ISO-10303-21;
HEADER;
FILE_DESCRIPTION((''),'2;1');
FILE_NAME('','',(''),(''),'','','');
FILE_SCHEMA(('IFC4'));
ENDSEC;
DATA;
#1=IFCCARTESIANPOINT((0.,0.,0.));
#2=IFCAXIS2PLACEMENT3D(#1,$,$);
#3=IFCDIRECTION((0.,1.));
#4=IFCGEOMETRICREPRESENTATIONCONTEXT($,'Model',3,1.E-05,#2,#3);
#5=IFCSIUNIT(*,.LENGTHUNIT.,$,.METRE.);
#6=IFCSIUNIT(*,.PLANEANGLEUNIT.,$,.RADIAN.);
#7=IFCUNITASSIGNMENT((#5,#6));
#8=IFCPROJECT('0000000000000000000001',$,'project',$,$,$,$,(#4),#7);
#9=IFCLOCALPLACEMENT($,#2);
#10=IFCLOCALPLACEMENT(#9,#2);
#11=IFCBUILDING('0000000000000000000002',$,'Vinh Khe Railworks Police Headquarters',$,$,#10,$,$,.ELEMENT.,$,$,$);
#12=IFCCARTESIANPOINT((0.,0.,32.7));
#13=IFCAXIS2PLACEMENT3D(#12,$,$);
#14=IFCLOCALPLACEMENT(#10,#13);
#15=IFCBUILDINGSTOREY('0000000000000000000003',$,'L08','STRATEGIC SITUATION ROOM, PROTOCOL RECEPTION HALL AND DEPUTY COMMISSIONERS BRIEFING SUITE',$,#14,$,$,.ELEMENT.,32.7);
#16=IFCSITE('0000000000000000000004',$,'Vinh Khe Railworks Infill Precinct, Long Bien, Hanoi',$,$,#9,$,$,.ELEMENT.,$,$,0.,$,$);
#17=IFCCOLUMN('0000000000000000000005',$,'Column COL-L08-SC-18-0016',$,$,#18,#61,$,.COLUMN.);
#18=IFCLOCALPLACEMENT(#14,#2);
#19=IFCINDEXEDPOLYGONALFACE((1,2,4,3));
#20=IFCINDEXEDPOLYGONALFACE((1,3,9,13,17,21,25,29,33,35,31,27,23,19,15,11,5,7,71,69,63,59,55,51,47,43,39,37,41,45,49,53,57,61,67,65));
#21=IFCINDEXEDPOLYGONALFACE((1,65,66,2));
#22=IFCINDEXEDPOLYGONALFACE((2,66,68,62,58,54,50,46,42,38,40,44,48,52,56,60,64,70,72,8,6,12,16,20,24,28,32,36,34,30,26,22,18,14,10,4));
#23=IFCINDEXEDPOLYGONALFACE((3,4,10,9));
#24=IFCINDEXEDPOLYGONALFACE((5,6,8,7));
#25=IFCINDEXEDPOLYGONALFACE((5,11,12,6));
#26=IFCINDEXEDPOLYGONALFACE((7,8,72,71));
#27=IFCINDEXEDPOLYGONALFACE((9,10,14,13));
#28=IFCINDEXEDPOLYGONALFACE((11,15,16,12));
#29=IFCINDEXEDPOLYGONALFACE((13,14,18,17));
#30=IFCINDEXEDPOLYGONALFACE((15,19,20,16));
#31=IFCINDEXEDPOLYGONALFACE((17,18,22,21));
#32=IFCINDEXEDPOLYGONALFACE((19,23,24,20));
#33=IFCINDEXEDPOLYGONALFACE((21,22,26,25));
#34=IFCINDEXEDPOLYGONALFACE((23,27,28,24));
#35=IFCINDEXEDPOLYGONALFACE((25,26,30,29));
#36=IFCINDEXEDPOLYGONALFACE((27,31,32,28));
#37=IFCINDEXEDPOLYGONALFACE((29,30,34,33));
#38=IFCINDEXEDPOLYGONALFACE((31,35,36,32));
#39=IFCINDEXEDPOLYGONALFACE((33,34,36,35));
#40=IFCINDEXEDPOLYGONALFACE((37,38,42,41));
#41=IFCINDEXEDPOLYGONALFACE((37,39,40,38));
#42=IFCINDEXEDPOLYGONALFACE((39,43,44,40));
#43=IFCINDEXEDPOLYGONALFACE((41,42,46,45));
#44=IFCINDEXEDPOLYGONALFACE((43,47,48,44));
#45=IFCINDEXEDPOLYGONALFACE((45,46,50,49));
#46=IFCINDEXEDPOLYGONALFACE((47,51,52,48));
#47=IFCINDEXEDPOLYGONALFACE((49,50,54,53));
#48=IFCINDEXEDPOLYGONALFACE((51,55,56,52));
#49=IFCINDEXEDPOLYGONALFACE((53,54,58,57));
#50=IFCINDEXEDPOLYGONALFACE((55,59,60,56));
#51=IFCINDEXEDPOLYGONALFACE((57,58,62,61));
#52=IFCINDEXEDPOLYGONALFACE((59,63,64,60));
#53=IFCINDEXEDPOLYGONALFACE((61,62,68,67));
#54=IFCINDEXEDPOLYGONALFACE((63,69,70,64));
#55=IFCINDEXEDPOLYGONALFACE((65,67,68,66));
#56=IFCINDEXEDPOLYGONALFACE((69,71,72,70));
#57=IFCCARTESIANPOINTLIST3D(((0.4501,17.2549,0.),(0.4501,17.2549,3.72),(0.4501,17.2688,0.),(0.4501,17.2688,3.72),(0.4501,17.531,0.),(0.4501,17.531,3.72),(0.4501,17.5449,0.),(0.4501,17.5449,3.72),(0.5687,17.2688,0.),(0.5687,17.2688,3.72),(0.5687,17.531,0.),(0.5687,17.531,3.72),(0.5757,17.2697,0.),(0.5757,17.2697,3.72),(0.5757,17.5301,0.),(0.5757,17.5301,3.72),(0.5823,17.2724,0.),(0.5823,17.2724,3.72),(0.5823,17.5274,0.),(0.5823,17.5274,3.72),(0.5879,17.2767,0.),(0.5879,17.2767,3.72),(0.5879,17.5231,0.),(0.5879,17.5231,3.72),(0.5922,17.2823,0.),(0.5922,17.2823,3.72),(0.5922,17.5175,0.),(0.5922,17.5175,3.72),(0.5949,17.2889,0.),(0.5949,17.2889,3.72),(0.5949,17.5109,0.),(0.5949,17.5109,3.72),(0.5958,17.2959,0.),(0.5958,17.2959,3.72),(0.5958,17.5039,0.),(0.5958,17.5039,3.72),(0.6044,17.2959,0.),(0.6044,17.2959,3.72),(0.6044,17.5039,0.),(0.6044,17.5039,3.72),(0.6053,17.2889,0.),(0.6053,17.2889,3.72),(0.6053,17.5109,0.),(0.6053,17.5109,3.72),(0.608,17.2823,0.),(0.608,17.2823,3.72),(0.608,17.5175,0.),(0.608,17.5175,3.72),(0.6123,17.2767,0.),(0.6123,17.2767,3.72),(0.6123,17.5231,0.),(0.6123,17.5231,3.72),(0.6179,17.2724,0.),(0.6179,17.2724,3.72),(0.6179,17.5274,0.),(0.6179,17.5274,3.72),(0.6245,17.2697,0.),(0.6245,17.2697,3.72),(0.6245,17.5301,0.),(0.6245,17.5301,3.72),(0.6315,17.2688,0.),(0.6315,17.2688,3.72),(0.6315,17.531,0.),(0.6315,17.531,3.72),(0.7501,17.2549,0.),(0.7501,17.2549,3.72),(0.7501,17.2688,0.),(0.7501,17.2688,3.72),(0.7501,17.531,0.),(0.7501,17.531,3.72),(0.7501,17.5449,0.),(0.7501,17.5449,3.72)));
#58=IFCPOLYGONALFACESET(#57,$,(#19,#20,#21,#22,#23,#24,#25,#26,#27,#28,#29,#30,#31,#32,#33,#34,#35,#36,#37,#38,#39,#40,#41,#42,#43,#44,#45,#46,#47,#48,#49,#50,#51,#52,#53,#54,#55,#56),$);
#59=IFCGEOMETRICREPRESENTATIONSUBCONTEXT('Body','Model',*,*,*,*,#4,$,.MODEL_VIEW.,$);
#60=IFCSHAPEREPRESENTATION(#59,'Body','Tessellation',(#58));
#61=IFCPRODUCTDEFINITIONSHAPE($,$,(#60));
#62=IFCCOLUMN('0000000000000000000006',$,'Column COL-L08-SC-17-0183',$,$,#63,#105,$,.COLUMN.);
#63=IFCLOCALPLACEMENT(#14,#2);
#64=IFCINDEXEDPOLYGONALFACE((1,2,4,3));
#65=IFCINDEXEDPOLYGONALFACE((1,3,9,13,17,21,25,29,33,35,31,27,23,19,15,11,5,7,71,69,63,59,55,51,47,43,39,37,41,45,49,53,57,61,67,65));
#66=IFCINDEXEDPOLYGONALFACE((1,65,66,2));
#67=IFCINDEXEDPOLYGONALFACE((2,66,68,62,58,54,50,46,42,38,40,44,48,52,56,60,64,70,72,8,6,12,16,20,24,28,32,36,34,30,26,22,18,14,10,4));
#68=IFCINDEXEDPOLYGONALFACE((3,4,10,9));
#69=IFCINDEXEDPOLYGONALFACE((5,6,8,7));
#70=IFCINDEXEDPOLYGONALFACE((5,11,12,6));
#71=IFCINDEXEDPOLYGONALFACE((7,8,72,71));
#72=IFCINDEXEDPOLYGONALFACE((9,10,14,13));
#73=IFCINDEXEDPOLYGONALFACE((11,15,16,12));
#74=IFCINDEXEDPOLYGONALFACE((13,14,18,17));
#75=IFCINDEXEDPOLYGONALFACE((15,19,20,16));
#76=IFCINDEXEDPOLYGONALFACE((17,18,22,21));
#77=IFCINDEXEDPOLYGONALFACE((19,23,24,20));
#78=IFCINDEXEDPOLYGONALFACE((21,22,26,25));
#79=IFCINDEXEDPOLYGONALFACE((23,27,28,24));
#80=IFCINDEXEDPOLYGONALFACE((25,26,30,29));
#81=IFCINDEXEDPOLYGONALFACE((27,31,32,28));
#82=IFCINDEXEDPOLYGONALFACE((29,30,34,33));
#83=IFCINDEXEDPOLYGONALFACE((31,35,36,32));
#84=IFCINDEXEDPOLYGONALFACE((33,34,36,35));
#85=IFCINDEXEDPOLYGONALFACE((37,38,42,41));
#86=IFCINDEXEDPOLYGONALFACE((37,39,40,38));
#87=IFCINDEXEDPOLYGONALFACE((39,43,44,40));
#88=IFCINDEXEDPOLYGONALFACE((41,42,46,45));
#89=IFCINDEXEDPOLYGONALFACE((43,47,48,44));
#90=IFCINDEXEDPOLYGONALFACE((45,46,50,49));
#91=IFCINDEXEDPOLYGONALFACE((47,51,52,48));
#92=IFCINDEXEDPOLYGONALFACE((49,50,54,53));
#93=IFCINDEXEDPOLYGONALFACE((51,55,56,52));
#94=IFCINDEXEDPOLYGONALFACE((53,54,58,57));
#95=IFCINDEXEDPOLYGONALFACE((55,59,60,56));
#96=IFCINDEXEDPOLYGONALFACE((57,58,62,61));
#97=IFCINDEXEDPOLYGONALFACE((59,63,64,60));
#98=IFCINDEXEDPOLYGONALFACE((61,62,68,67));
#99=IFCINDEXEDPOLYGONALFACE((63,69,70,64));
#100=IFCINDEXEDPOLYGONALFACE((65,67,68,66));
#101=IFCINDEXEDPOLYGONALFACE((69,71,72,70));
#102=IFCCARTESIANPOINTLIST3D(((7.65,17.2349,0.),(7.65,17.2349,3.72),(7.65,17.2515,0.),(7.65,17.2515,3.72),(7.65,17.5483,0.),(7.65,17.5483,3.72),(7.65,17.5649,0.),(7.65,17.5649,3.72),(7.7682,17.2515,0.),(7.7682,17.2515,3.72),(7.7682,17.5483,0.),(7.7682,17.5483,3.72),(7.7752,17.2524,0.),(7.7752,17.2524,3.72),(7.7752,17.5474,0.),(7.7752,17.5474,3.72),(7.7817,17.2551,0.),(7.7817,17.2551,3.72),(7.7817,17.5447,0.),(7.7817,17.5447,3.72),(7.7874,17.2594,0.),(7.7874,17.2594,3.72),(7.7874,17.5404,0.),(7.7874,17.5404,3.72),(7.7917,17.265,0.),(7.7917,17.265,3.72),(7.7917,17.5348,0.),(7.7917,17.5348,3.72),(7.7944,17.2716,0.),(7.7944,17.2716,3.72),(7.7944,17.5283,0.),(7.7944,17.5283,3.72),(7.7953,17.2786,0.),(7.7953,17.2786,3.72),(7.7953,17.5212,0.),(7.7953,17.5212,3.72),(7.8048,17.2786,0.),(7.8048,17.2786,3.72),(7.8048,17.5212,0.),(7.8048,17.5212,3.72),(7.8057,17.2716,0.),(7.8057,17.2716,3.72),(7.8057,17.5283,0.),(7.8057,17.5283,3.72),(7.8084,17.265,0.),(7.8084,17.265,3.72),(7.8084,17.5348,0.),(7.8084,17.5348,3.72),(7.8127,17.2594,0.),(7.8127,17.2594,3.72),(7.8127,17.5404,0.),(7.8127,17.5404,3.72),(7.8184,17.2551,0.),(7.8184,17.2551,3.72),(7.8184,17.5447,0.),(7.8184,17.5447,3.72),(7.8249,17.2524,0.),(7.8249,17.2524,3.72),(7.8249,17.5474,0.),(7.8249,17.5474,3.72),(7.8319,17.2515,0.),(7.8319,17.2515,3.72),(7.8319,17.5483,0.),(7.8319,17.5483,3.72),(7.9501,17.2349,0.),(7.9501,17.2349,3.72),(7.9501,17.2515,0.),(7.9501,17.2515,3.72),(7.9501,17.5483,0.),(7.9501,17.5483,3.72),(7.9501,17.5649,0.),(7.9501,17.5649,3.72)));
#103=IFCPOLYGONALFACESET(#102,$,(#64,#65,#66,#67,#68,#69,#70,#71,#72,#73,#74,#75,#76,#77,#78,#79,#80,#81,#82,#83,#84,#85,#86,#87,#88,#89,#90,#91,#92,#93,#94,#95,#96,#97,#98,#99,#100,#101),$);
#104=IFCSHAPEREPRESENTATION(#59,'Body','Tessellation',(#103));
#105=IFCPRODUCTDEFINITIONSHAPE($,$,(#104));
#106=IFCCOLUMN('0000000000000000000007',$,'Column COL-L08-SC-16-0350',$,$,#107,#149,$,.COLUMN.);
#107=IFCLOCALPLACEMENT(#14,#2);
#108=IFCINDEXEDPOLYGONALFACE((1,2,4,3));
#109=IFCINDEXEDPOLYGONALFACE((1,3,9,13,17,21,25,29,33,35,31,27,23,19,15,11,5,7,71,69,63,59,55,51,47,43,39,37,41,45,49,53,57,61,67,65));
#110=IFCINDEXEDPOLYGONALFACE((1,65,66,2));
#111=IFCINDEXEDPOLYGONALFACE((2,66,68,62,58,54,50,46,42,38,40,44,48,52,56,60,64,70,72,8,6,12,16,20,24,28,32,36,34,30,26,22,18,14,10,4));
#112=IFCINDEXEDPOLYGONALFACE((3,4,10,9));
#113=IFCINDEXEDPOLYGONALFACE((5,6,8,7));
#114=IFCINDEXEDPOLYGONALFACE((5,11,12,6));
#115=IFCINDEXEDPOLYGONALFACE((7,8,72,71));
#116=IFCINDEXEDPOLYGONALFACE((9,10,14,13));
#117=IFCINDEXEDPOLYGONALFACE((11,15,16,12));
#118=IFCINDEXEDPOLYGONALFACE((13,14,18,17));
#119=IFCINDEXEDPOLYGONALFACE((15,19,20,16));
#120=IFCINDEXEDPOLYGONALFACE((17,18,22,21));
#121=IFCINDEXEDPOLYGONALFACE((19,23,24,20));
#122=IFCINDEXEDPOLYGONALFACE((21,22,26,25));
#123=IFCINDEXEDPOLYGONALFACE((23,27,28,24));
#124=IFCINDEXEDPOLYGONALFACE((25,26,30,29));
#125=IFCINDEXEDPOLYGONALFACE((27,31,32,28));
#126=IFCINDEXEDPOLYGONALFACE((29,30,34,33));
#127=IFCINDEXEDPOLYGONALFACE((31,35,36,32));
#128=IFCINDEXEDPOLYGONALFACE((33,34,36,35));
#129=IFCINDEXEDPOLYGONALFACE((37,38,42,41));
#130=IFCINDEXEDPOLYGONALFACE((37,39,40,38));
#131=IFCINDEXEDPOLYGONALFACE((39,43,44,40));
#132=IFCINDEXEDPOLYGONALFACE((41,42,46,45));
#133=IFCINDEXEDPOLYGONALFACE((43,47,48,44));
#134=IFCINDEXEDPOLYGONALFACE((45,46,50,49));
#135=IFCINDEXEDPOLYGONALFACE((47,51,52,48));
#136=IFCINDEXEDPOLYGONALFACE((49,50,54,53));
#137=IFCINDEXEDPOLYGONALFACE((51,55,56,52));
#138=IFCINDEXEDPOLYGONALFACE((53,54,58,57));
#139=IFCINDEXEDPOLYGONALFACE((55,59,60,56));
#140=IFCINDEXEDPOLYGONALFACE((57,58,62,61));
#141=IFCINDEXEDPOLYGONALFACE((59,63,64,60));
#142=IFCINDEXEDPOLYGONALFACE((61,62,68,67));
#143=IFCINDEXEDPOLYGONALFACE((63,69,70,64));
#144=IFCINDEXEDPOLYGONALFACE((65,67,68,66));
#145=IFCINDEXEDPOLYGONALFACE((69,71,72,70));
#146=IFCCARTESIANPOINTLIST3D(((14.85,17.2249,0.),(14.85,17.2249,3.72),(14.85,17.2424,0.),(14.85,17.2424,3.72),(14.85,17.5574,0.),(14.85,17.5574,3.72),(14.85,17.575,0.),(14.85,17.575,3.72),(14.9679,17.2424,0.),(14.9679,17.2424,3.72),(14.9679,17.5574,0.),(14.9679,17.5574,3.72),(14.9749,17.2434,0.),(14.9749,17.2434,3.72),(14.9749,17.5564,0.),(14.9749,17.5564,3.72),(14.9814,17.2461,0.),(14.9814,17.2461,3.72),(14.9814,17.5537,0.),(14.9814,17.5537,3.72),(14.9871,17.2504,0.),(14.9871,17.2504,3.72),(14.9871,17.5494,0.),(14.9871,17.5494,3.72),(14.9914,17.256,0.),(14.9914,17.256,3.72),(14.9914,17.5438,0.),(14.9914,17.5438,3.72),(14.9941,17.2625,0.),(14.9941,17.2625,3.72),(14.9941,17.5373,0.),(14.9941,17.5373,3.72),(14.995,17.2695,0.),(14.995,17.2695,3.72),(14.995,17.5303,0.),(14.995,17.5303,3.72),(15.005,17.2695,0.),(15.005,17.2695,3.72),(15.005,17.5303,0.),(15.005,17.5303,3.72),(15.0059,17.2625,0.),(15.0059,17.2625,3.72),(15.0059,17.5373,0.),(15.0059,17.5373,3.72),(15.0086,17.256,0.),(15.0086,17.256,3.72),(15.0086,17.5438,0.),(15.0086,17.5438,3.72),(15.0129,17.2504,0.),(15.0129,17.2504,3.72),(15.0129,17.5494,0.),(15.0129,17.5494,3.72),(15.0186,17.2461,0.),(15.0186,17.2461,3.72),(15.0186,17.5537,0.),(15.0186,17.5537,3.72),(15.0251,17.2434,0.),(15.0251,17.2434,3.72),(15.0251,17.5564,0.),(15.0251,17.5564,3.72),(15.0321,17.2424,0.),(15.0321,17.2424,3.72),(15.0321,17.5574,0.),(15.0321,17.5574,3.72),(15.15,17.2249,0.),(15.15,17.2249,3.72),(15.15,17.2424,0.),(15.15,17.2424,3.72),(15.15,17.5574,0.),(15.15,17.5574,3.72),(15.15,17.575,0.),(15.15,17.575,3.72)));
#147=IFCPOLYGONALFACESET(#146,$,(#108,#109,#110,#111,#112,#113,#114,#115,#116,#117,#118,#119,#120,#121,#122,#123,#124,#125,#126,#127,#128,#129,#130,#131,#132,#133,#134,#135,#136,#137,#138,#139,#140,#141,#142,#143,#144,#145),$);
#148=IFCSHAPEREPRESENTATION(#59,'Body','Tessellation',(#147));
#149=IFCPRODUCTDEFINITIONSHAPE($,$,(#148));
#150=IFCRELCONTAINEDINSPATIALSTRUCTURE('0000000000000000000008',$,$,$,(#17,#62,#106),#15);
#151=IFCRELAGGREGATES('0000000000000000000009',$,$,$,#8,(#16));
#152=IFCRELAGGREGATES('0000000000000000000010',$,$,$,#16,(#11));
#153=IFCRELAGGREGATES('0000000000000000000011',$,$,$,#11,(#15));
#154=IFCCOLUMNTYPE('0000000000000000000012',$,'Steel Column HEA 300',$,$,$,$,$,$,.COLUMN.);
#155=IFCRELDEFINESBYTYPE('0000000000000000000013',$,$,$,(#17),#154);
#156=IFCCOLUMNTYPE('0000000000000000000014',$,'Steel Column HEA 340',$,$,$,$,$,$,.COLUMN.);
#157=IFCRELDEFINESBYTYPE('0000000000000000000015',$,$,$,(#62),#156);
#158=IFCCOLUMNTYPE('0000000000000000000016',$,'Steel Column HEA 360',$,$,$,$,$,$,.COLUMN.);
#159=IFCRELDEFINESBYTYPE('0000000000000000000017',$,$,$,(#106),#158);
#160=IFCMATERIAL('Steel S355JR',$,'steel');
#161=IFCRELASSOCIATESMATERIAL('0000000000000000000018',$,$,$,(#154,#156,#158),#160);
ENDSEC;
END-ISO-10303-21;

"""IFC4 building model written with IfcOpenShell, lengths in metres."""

from ifc_helpers import new_model, si_unit, direction, frame, origin, origin_2d, place, context, subcontext, project, spatial, i_section, extrude, material, material_profile, profile_set, type_object, element, save


model = new_model("IFC4")

# Units and contexts
model_context = context("Model", 3, precision=1e-05, world=origin(), true_north=direction((0.0, 1.0)))
body_context = subcontext(model_context, "Body", "Model", "MODEL_VIEW")
ifc_project = project(units=[si_unit("LENGTHUNIT", "METRE"), si_unit("PLANEANGLEUNIT", "RADIAN")], contexts=[model_context])

# Site, building, storey
site_placement = place(None, origin())
site = spatial("IfcSite", under=ifc_project, at=site_placement, Name="Vinh Khe Railworks Infill Precinct, Long Bien, Hanoi", CompositionType="ELEMENT", RefElevation=0.0)
building_placement = place(site_placement, origin())
building = spatial("IfcBuilding", under=site, at=building_placement, Name="Vinh Khe Railworks Police Headquarters", CompositionType="ELEMENT")
storey_placement = place(building_placement, frame((0.0, 0.0, 32.7)))
storey = spatial("IfcBuildingStorey", under=building, at=storey_placement, Name="L08", Description="STRATEGIC SITUATION ROOM, PROTOCOL RECEPTION HALL AND DEPUTY COMMISSIONERS BRIEFING SUITE", CompositionType="ELEMENT", Elevation=32.7)

# Columns
ifc_material_1 = material(Name="Steel S355JR", Category="steel")
ifc_material_profile_1 = material_profile(ifc_material_1, i_section(OverallWidth=0.3, OverallDepth=0.29, WebThickness=0.0085, FlangeThickness=0.0139, FilletRadius=0.0271, at=origin_2d()), Name="HEA 300")
ifc_profile_set_1 = profile_set([ifc_material_profile_1], Name="Steel S355JR")
column_type_1 = type_object("IfcColumnType", Name="Steel Column HEA 300", PredefinedType="COLUMN", material=ifc_profile_set_1)
column_1_placement = place(storey_placement, frame((0.6001, 17.3999, 0.0), z_axis=(0.0, 0.0, 1.0), x_axis=(1.0, 0.0, 0.0)))
element("IfcColumn", 1, at=column_1_placement, inside=storey, type_object=column_type_1, Name="Column COL-L08-SC-18-0016", PredefinedType="COLUMN", context=body_context, shape_type="SweptSolid", body=[
    extrude(i_section(OverallWidth=0.3, OverallDepth=0.29, WebThickness=0.0085, FlangeThickness=0.0139, FilletRadius=0.0271, at=origin_2d()), origin(), (0.0, 0.0, 1.0), 3.72),
])
ifc_material_profile_2 = material_profile(ifc_material_1, i_section(OverallWidth=0.3, OverallDepth=0.3301, WebThickness=0.0095, FlangeThickness=0.0166, FilletRadius=0.0271, at=origin_2d()), Name="HEA 340")
ifc_profile_set_2 = profile_set([ifc_material_profile_2], Name="Steel S355JR")
column_type_2 = type_object("IfcColumnType", Name="Steel Column HEA 340", PredefinedType="COLUMN", material=ifc_profile_set_2)
column_2_placement = place(storey_placement, frame((7.8, 17.3999, 0.0), z_axis=(0.0, 0.0, 1.0), x_axis=(1.0, 0.0, 0.0)))
element("IfcColumn", 2, at=column_2_placement, inside=storey, type_object=column_type_2, Name="Column COL-L08-SC-17-0183", PredefinedType="COLUMN", context=body_context, shape_type="SweptSolid", body=[
    extrude(i_section(OverallWidth=0.3, OverallDepth=0.3301, WebThickness=0.0095, FlangeThickness=0.0166, FilletRadius=0.0271, at=origin_2d()), origin(), (0.0, 0.0, 1.0), 3.72),
])
ifc_material_profile_3 = material_profile(ifc_material_1, i_section(OverallWidth=0.3, OverallDepth=0.3501, WebThickness=0.01, FlangeThickness=0.0176, FilletRadius=0.0271, at=origin_2d()), Name="HEA 360")
ifc_profile_set_3 = profile_set([ifc_material_profile_3], Name="Steel S355JR")
column_type_3 = type_object("IfcColumnType", Name="Steel Column HEA 360", PredefinedType="COLUMN", material=ifc_profile_set_3)
column_3_placement = place(storey_placement, frame((15.0, 17.3999, 0.0), z_axis=(0.0, 0.0, 1.0), x_axis=(1.0, 0.0, 0.0)))
element("IfcColumn", 3, at=column_3_placement, inside=storey, type_object=column_type_3, Name="Column COL-L08-SC-16-0350", PredefinedType="COLUMN", context=body_context, shape_type="SweptSolid", body=[
    extrude(i_section(OverallWidth=0.3, OverallDepth=0.3501, WebThickness=0.01, FlangeThickness=0.0176, FilletRadius=0.0271, at=origin_2d()), origin(), (0.0, 0.0, 1.0), 3.72),
])

save(model, "model.ifc")
